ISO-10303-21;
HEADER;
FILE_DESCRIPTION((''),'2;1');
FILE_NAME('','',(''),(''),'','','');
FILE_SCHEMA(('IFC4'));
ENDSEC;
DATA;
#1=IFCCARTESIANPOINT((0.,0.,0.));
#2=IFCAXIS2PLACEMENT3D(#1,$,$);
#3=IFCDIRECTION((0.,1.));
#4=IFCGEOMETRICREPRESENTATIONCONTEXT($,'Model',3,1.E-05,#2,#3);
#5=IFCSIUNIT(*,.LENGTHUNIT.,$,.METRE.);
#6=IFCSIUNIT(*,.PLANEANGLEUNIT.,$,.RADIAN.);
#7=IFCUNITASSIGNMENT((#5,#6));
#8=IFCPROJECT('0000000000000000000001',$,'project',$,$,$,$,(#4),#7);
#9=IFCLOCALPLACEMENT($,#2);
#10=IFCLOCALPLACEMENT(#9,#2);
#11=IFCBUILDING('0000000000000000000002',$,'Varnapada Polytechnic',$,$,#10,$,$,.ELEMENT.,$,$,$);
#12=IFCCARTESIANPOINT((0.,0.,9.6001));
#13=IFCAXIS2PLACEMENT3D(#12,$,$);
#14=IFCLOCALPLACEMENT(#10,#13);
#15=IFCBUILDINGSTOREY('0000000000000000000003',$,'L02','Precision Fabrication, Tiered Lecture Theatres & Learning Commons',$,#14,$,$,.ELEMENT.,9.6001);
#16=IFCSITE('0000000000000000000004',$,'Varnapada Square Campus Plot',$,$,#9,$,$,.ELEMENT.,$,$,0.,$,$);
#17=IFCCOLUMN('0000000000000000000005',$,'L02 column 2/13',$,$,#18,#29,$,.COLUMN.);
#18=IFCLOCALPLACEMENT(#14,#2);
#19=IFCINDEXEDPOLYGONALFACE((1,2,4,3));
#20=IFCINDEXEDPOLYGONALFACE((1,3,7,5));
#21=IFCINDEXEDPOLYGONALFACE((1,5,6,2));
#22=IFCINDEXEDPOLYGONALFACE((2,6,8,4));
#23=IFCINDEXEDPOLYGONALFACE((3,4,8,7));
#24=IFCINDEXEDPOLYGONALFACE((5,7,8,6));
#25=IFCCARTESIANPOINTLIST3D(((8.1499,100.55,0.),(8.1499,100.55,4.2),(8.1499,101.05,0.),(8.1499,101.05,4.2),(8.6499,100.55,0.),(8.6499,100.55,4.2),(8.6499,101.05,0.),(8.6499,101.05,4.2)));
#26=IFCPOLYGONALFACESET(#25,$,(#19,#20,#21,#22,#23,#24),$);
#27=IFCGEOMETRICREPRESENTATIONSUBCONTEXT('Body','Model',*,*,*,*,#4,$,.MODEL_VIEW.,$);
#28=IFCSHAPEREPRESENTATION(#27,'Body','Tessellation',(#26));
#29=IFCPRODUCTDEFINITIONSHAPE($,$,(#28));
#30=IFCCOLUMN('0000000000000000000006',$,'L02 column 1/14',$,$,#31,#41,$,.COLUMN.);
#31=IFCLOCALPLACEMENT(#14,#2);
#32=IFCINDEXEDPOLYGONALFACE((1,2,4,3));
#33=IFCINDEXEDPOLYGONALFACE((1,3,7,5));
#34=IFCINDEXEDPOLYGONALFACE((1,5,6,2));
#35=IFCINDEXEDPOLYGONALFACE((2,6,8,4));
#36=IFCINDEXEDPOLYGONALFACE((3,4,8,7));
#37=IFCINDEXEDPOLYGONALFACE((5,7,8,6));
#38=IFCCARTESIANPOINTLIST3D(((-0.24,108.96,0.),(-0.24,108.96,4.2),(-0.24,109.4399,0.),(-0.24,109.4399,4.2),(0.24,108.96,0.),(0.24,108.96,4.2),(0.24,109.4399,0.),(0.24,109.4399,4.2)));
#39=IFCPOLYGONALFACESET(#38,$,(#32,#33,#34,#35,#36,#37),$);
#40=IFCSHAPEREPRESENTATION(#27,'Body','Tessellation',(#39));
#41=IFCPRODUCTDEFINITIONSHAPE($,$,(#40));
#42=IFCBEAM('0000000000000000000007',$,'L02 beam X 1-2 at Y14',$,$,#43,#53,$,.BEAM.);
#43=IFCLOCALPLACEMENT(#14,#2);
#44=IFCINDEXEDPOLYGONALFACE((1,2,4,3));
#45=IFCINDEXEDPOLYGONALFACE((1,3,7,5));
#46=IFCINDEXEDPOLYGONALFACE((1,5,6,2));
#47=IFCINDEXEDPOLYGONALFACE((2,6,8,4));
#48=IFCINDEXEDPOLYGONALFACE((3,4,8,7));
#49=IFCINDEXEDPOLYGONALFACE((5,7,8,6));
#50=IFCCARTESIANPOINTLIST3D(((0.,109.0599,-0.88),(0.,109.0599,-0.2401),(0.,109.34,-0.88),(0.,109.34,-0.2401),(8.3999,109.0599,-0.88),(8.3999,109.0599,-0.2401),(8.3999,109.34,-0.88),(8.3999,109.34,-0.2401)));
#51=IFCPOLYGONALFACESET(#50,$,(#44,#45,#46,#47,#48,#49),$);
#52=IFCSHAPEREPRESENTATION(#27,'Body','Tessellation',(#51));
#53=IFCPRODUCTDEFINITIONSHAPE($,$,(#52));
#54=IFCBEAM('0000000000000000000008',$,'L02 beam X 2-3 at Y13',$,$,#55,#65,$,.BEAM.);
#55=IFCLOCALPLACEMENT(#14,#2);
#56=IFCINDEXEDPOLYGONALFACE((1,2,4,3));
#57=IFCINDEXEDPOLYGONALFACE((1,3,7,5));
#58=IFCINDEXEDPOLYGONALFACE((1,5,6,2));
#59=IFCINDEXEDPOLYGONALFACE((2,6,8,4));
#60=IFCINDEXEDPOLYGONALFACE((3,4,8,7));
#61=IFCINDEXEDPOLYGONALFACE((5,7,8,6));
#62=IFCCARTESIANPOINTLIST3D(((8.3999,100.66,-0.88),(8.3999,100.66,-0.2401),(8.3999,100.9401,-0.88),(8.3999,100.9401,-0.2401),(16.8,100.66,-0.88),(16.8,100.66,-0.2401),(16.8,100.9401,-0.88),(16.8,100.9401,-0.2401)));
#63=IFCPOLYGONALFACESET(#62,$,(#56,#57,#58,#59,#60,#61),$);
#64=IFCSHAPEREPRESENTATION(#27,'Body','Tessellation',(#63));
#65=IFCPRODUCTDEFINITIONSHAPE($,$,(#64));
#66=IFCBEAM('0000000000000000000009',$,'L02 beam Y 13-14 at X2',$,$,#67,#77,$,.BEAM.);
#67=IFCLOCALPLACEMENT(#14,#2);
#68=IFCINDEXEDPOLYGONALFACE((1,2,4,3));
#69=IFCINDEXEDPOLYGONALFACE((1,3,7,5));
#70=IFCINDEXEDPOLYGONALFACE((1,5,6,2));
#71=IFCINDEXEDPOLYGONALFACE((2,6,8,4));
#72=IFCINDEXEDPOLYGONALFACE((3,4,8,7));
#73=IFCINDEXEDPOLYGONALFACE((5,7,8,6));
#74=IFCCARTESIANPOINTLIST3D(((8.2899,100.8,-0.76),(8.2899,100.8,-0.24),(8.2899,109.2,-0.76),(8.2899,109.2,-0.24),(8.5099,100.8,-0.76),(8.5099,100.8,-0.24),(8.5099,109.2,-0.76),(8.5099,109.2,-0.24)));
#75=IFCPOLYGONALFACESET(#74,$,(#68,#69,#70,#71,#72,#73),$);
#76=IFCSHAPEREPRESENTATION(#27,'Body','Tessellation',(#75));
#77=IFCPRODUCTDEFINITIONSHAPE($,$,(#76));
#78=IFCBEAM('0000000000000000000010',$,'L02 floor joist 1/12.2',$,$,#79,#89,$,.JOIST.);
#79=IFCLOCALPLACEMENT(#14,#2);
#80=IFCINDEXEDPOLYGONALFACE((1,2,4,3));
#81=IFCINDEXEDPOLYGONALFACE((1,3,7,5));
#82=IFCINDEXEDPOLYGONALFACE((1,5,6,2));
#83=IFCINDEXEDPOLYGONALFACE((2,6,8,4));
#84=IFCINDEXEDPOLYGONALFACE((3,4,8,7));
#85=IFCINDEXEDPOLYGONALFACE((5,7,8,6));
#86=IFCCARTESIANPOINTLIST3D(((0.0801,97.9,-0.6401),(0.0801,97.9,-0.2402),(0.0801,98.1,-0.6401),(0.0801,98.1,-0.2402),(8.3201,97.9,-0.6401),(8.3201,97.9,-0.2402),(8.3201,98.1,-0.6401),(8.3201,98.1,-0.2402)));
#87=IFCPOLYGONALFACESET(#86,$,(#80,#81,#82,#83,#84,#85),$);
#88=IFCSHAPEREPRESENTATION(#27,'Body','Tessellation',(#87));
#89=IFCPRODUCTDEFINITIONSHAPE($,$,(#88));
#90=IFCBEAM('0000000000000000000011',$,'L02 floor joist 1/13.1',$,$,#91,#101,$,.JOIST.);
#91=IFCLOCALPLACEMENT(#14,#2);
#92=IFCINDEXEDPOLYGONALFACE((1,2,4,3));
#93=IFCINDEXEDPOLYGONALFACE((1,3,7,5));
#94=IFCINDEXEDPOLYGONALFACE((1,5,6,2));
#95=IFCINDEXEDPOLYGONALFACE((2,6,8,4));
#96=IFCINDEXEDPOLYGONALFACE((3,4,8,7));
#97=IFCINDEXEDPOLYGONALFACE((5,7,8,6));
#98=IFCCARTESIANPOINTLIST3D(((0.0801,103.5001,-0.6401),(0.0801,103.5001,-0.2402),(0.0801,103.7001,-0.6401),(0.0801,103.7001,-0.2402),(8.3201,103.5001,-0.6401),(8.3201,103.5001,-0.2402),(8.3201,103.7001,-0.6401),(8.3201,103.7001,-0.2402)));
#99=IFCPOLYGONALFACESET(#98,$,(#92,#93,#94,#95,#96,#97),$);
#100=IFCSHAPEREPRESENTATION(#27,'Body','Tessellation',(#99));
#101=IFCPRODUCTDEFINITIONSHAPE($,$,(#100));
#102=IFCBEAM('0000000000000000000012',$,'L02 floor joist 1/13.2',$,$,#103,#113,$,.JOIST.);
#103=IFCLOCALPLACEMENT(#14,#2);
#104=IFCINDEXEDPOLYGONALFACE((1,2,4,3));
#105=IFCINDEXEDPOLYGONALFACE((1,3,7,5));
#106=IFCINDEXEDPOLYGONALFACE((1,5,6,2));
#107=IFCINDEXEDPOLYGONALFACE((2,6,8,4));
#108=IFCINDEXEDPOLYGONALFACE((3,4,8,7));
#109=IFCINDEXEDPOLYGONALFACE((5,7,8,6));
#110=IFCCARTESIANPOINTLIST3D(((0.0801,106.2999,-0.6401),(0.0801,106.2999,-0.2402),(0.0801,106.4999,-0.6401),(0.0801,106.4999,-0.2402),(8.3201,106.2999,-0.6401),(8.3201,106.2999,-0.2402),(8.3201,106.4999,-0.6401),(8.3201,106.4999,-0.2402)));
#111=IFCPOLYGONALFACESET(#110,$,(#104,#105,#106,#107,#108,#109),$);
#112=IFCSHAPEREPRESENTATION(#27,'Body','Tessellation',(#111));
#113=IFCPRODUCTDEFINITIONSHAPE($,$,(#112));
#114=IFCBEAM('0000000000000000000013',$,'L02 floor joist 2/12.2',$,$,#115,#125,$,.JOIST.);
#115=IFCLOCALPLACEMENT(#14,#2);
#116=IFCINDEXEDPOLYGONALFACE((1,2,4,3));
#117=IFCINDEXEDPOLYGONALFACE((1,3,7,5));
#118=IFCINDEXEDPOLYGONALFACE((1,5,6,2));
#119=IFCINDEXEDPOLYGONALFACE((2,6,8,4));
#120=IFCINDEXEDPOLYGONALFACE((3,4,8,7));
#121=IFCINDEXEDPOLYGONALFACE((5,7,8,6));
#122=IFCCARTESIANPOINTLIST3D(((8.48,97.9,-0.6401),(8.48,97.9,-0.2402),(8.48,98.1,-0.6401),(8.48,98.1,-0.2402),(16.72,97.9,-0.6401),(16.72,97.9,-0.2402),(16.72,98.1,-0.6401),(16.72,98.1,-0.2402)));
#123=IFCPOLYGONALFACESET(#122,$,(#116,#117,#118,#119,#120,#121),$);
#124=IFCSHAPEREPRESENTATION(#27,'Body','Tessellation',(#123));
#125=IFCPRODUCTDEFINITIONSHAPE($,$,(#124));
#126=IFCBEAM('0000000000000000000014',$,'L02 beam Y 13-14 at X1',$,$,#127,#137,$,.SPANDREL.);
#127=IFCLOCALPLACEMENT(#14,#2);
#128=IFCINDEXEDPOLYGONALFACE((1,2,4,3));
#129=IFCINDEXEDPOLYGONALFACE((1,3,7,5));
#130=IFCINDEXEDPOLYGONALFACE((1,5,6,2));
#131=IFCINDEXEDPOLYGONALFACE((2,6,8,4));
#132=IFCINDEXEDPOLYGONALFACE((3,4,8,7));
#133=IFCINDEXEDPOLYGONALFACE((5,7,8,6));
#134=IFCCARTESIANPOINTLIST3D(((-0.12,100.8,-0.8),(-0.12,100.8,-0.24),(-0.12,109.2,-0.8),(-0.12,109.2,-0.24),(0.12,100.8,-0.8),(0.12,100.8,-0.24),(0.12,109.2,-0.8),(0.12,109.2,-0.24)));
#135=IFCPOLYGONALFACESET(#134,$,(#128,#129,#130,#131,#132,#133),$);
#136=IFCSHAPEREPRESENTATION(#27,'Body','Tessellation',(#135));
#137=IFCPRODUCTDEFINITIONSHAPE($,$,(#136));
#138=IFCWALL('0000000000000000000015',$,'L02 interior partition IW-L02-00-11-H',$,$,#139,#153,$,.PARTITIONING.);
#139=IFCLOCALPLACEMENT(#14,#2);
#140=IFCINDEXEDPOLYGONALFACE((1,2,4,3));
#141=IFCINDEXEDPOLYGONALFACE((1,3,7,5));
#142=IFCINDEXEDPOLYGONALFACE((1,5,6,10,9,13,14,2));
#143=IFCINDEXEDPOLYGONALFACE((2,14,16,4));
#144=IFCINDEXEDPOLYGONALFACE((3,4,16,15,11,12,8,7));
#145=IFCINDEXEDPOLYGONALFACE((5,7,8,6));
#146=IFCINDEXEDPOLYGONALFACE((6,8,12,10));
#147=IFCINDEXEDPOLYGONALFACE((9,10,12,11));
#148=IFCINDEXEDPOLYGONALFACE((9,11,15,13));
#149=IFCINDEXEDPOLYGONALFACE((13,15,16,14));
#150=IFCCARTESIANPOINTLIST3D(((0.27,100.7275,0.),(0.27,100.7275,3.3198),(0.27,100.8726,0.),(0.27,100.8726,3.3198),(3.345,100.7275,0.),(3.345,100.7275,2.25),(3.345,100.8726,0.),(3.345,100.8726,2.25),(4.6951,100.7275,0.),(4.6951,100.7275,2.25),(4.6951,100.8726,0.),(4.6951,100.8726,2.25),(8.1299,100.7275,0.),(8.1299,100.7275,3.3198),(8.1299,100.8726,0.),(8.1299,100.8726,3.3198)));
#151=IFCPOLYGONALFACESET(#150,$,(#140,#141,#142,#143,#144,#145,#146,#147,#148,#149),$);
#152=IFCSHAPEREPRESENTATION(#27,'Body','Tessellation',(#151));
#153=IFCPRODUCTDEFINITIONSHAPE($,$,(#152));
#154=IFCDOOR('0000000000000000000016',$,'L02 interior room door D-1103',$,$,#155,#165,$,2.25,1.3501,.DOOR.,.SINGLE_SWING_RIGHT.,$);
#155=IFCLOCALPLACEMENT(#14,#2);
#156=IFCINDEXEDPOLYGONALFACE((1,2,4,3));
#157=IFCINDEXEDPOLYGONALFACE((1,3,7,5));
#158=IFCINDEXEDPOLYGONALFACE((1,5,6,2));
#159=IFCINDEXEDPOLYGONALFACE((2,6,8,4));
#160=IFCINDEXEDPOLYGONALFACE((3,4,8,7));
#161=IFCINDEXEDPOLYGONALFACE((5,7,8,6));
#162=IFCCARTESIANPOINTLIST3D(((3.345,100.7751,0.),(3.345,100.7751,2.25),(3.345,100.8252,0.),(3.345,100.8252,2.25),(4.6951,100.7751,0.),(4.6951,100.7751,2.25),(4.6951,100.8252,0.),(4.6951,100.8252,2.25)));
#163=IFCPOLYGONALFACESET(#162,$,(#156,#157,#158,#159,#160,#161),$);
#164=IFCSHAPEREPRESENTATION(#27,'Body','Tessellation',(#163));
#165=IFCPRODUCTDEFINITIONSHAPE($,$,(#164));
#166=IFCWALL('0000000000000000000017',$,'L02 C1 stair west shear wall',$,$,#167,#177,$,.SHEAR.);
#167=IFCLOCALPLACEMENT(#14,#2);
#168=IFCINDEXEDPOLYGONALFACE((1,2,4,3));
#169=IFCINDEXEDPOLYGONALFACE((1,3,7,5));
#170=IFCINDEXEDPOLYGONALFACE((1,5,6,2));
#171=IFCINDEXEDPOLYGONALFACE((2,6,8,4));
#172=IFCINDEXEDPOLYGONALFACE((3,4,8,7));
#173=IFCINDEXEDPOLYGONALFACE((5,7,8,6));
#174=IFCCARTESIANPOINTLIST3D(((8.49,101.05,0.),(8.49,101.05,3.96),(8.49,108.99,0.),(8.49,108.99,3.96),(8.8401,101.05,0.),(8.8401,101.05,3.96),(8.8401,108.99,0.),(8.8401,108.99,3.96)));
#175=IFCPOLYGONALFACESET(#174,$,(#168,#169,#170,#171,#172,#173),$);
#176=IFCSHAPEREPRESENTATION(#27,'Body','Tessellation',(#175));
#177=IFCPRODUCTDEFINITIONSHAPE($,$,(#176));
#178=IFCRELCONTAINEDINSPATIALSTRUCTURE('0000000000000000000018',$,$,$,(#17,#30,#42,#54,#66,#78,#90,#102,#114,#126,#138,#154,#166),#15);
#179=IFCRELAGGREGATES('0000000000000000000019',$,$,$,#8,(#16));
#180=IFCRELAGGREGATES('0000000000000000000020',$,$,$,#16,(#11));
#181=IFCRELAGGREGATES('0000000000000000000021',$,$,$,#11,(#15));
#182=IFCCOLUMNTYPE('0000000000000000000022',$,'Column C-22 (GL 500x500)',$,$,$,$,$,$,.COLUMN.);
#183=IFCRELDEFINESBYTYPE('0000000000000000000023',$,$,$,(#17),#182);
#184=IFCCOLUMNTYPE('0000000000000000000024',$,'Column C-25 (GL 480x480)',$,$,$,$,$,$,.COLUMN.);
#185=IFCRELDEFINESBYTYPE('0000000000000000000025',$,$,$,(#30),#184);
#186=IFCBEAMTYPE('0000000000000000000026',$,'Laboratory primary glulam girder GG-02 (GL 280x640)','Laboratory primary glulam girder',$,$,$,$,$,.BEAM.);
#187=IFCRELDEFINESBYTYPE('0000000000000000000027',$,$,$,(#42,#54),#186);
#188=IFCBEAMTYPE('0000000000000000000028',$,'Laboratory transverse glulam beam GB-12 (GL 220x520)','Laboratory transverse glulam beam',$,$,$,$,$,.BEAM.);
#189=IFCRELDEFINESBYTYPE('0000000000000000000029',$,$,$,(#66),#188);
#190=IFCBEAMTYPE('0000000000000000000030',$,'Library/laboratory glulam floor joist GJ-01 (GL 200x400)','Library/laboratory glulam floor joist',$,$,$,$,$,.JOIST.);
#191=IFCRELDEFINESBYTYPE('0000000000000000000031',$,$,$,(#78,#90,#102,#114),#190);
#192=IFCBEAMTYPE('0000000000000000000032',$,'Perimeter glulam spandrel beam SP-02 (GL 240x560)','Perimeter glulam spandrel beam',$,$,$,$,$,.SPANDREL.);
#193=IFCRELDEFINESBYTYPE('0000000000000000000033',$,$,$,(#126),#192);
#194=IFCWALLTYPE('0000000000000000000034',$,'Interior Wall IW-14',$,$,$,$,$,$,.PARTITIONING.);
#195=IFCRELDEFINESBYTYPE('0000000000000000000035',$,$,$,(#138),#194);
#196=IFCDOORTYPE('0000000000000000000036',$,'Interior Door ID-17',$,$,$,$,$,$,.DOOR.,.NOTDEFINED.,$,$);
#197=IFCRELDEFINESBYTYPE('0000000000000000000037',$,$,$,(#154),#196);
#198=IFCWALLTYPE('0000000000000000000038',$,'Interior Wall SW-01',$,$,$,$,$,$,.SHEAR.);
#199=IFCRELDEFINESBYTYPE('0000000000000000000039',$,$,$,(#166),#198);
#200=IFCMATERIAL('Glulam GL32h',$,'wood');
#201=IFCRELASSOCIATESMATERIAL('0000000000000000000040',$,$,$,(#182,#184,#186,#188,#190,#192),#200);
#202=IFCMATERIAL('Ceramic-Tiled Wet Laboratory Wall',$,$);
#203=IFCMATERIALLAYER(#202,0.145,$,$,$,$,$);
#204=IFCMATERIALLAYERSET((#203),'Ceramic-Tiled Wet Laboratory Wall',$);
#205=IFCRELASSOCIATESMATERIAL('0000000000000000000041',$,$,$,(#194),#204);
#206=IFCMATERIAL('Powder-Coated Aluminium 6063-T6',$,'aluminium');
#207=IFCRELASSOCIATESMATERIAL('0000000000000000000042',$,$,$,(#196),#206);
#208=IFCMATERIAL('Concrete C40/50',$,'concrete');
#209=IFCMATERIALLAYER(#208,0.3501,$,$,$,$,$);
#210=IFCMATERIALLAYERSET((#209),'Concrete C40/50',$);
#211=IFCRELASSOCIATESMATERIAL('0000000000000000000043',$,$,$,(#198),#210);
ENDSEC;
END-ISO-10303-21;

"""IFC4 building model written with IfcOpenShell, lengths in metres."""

from ifc_helpers import new_model, si_unit, direction, frame, frame_2d, origin, origin_2d, place, context, subcontext, project, spatial, rectangle, extrude, material, layer, layer_set, material_profile, profile_set, type_object, element, fill, save


model = new_model("IFC4")

# Units and contexts
model_context = context("Model", 3, precision=1e-05, world=origin(), true_north=direction((0.0, 1.0)))
body_context = subcontext(model_context, "Body", "Model", "MODEL_VIEW")
ifc_project = project(units=[si_unit("LENGTHUNIT", "METRE"), si_unit("PLANEANGLEUNIT", "RADIAN")], contexts=[model_context])

# Site, building, storey
site_placement = place(None, origin())
site = spatial("IfcSite", under=ifc_project, at=site_placement, Name="Varnapada Square Campus Plot", CompositionType="ELEMENT", RefElevation=0.0)
building_placement = place(site_placement, origin())
building = spatial("IfcBuilding", under=site, at=building_placement, Name="Varnapada Polytechnic", CompositionType="ELEMENT")
storey_placement = place(building_placement, frame((0.0, 0.0, 9.6001)))
storey = spatial("IfcBuildingStorey", under=building, at=storey_placement, Name="L02", Description="Precision Fabrication, Tiered Lecture Theatres & Learning Commons", CompositionType="ELEMENT", Elevation=9.6001)

# Columns
ifc_material_1 = material(Name="Glulam GL32h", Category="wood")
ifc_material_profile_1 = material_profile(ifc_material_1, rectangle(XDim=0.5, YDim=0.5, at=origin_2d()), Name="GL 500x500")
ifc_profile_set_1 = profile_set([ifc_material_profile_1], Name="Glulam GL32h")
column_type_1 = type_object("IfcColumnType", Name="Column C-22 (GL 500x500)", PredefinedType="COLUMN", material=ifc_profile_set_1)
column_1_placement = place(storey_placement, frame((8.3999, 100.8, 0.0), z_axis=(0.0, 0.0, 1.0), x_axis=(1.0, 0.0, 0.0)))
element("IfcColumn", 1, at=column_1_placement, inside=storey, type_object=column_type_1, Name="L02 column 2/13", PredefinedType="COLUMN", context=body_context, shape_type="SweptSolid", body=[
    extrude(rectangle(XDim=0.5, YDim=0.5, at=origin_2d()), origin(), (0.0, 0.0, 1.0), 4.2),
])
ifc_material_profile_2 = material_profile(ifc_material_1, rectangle(XDim=0.48, YDim=0.48, at=origin_2d()), Name="GL 480x480")
ifc_profile_set_2 = profile_set([ifc_material_profile_2], Name="Glulam GL32h")
column_type_2 = type_object("IfcColumnType", Name="Column C-25 (GL 480x480)", PredefinedType="COLUMN", material=ifc_profile_set_2)
column_2_placement = place(storey_placement, frame((0.0, 109.2, 0.0), z_axis=(0.0, 0.0, 1.0), x_axis=(1.0, 0.0, 0.0)))
element("IfcColumn", 2, at=column_2_placement, inside=storey, type_object=column_type_2, Name="L02 column 1/14", PredefinedType="COLUMN", context=body_context, shape_type="SweptSolid", body=[
    extrude(rectangle(XDim=0.48, YDim=0.48, at=origin_2d()), origin(), (0.0, 0.0, 1.0), 4.2),
])

# Beams
ifc_material_profile_3 = material_profile(ifc_material_1, rectangle(XDim=0.28, YDim=0.6399, at=origin_2d()), Name="GL 280x640")
ifc_profile_set_3 = profile_set([ifc_material_profile_3], Name="Glulam GL32h")
beam_type_1 = type_object("IfcBeamType", Name="Laboratory primary glulam girder GG-02 (GL 280x640)", Description="Laboratory primary glulam girder", PredefinedType="BEAM", material=ifc_profile_set_3)
beam_1_placement = place(storey_placement, frame((0.0, 109.2, -0.5601), z_axis=(1.0, 0.0, 0.0), x_axis=(0.0, 1.0, 0.0)))
element("IfcBeam", 3, at=beam_1_placement, inside=storey, type_object=beam_type_1, Name="L02 beam X 1-2 at Y14", PredefinedType="BEAM", context=body_context, shape_type="SweptSolid", body=[
    extrude(rectangle(XDim=0.28, YDim=0.6399, at=origin_2d()), origin(), (0.0, 0.0, 1.0), 8.3999),
])
beam_2_placement = place(storey_placement, frame((8.3999, 100.8, -0.5601), z_axis=(1.0, 0.0, 0.0), x_axis=(0.0, 1.0, 0.0)))
element("IfcBeam", 4, at=beam_2_placement, inside=storey, type_object=beam_type_1, Name="L02 beam X 2-3 at Y13", PredefinedType="BEAM", context=body_context, shape_type="SweptSolid", body=[
    extrude(rectangle(XDim=0.28, YDim=0.6399, at=origin_2d()), origin(), (0.0, 0.0, 1.0), 8.4001),
])
ifc_material_profile_4 = material_profile(ifc_material_1, rectangle(XDim=0.22, YDim=0.52, at=origin_2d()), Name="GL 220x520")
ifc_profile_set_4 = profile_set([ifc_material_profile_4], Name="Glulam GL32h")
beam_type_2 = type_object("IfcBeamType", Name="Laboratory transverse glulam beam GB-12 (GL 220x520)", Description="Laboratory transverse glulam beam", PredefinedType="BEAM", material=ifc_profile_set_4)
beam_3_placement = place(storey_placement, frame((8.3999, 100.8, -0.5), z_axis=(0.0, 1.0, 0.0), x_axis=(-1.0, 0.0, 0.0)))
element("IfcBeam", 5, at=beam_3_placement, inside=storey, type_object=beam_type_2, Name="L02 beam Y 13-14 at X2", PredefinedType="BEAM", context=body_context, shape_type="SweptSolid", body=[
    extrude(rectangle(XDim=0.22, YDim=0.52, at=origin_2d()), origin(), (0.0, 0.0, 1.0), 8.3999),
])
ifc_material_profile_5 = material_profile(ifc_material_1, rectangle(XDim=0.2, YDim=0.3999, at=origin_2d()), Name="GL 200x400")
ifc_profile_set_5 = profile_set([ifc_material_profile_5], Name="Glulam GL32h")
beam_type_3 = type_object("IfcBeamType", Name="Library/laboratory glulam floor joist GJ-01 (GL 200x400)", Description="Library/laboratory glulam floor joist", PredefinedType="JOIST", material=ifc_profile_set_5)
for number, where, z_axis, x_axis, name in (
    (6, (0.0801, 98.0, -0.4402), (1.0, 0.0, 0.0), (0.0, 1.0, 0.0), "L02 floor joist 1/12.2"),
    (7, (0.0801, 103.6001, -0.4402), (1.0, 0.0, 0.0), (0.0, 1.0, 0.0), "L02 floor joist 1/13.1"),
    (8, (0.0801, 106.3999, -0.4402), (1.0, 0.0, 0.0), (0.0, 1.0, 0.0), "L02 floor joist 1/13.2"),
    (9, (8.48, 98.0, -0.4402), (1.0, 0.0, 0.0), (0.0, 1.0, 0.0), "L02 floor joist 2/12.2"),
):
    element("IfcBeam", number, at=place(storey_placement, frame(where, z_axis=z_axis, x_axis=x_axis)), inside=storey, type_object=beam_type_3, Name=name, PredefinedType="JOIST", context=body_context, shape_type="SweptSolid", body=[
        extrude(rectangle(XDim=0.2, YDim=0.3999, at=origin_2d()), origin(), (0.0, 0.0, 1.0), 8.24),
    ])
ifc_material_profile_6 = material_profile(ifc_material_1, rectangle(XDim=0.24, YDim=0.5601, at=origin_2d()), Name="GL 240x560")
ifc_profile_set_6 = profile_set([ifc_material_profile_6], Name="Glulam GL32h")
beam_type_4 = type_object("IfcBeamType", Name="Perimeter glulam spandrel beam SP-02 (GL 240x560)", Description="Perimeter glulam spandrel beam", PredefinedType="SPANDREL", material=ifc_profile_set_6)
beam_4_placement = place(storey_placement, frame((0.0, 100.8, -0.52), z_axis=(0.0, 1.0, 0.0), x_axis=(-1.0, 0.0, 0.0)))
element("IfcBeam", 10, at=beam_4_placement, inside=storey, type_object=beam_type_4, Name="L02 beam Y 13-14 at X1", PredefinedType="SPANDREL", context=body_context, shape_type="SweptSolid", body=[
    extrude(rectangle(XDim=0.24, YDim=0.5601, at=origin_2d()), origin(), (0.0, 0.0, 1.0), 8.3999),
])

# Wall, opening, door
ifc_material_2 = material(Name="Ceramic-Tiled Wet Laboratory Wall")
ifc_layer_1 = layer(ifc_material_2, 0.145)
ifc_layer_set_1 = layer_set([ifc_layer_1], Name="Ceramic-Tiled Wet Laboratory Wall")
wall_type_1 = type_object("IfcWallType", Name="Interior Wall IW-14", PredefinedType="PARTITIONING", material=ifc_layer_set_1)
wall_1_placement = place(storey_placement, frame((0.27, 100.8, 0.0), z_axis=(0.0, 0.0, 1.0), x_axis=(1.0, 0.0, 0.0)))
wall_1 = element("IfcWall", 11, at=wall_1_placement, inside=storey, type_object=wall_type_1, Name="L02 interior partition IW-L02-00-11-H", PredefinedType="PARTITIONING", context=body_context, shape_type="SweptSolid", body=[
    extrude(rectangle(XDim=7.8599, YDim=0.145, at=frame_2d((3.9299, 0.0))), origin(), (0.0, 0.0, 1.0), 3.3198),
])
opening_1_placement = place(wall_1_placement, frame((3.075, 0.0, 0.0)))
opening_1 = element("IfcOpeningElement", 12, at=opening_1_placement, cuts=wall_1, PredefinedType="OPENING", context=body_context, shape_type="SweptSolid", body=[
    extrude(rectangle(XDim=1.3501, YDim=2.25, at=frame_2d((0.675, 1.125))), frame((0.0, 0.0825, 0.0), z_axis=(0.0, -1.0, 0.0), x_axis=(1.0, 0.0, 0.0)), (0.0, 0.0, 1.0), 0.165),
])
ifc_material_3 = material(Name="Powder-Coated Aluminium 6063-T6", Category="aluminium")
door_type = type_object("IfcDoorType", Name="Interior Door ID-17", OperationType="NOTDEFINED", PredefinedType="DOOR", material=ifc_material_3)
door_placement = place(opening_1_placement, frame((1.3501, 0.0, 0.0), z_axis=(0.0, 0.0, 1.0), x_axis=(-1.0, 0.0, 0.0)))
door = element("IfcDoor", 13, at=door_placement, inside=storey, type_object=door_type, Name="L02 interior room door D-1103", OperationType="SINGLE_SWING_RIGHT", OverallHeight=2.25, OverallWidth=1.3501, PredefinedType="DOOR", context=body_context, shape_type="SweptSolid", body=[
    extrude(rectangle(XDim=1.3501, YDim=2.25, at=frame_2d((0.675, 1.125))), frame((0.0, 0.0249, 0.0), z_axis=(0.0, -1.0, 0.0), x_axis=(1.0, 0.0, 0.0)), (0.0, 0.0, 1.0), 0.05),
])
fill(opening_1, door)

# Wall
ifc_material_4 = material(Name="Concrete C40/50", Category="concrete")
ifc_layer_2 = layer(ifc_material_4, 0.3501)
ifc_layer_set_2 = layer_set([ifc_layer_2], Name="Concrete C40/50")
wall_type_2 = type_object("IfcWallType", Name="Interior Wall SW-01", PredefinedType="SHEAR", material=ifc_layer_set_2)
wall_2_placement = place(storey_placement, frame((8.665, 101.05, 0.0), z_axis=(0.0, 0.0, 1.0), x_axis=(0.0, 1.0, 0.0)))
element("IfcWall", 14, at=wall_2_placement, inside=storey, type_object=wall_type_2, Name="L02 C1 stair west shear wall", PredefinedType="SHEAR", context=body_context, shape_type="SweptSolid", body=[
    extrude(rectangle(XDim=7.9399, YDim=0.3501, at=frame_2d((3.97, 0.0))), origin(), (0.0, 0.0, 1.0), 3.96),
])

save(model, "model.ifc")
